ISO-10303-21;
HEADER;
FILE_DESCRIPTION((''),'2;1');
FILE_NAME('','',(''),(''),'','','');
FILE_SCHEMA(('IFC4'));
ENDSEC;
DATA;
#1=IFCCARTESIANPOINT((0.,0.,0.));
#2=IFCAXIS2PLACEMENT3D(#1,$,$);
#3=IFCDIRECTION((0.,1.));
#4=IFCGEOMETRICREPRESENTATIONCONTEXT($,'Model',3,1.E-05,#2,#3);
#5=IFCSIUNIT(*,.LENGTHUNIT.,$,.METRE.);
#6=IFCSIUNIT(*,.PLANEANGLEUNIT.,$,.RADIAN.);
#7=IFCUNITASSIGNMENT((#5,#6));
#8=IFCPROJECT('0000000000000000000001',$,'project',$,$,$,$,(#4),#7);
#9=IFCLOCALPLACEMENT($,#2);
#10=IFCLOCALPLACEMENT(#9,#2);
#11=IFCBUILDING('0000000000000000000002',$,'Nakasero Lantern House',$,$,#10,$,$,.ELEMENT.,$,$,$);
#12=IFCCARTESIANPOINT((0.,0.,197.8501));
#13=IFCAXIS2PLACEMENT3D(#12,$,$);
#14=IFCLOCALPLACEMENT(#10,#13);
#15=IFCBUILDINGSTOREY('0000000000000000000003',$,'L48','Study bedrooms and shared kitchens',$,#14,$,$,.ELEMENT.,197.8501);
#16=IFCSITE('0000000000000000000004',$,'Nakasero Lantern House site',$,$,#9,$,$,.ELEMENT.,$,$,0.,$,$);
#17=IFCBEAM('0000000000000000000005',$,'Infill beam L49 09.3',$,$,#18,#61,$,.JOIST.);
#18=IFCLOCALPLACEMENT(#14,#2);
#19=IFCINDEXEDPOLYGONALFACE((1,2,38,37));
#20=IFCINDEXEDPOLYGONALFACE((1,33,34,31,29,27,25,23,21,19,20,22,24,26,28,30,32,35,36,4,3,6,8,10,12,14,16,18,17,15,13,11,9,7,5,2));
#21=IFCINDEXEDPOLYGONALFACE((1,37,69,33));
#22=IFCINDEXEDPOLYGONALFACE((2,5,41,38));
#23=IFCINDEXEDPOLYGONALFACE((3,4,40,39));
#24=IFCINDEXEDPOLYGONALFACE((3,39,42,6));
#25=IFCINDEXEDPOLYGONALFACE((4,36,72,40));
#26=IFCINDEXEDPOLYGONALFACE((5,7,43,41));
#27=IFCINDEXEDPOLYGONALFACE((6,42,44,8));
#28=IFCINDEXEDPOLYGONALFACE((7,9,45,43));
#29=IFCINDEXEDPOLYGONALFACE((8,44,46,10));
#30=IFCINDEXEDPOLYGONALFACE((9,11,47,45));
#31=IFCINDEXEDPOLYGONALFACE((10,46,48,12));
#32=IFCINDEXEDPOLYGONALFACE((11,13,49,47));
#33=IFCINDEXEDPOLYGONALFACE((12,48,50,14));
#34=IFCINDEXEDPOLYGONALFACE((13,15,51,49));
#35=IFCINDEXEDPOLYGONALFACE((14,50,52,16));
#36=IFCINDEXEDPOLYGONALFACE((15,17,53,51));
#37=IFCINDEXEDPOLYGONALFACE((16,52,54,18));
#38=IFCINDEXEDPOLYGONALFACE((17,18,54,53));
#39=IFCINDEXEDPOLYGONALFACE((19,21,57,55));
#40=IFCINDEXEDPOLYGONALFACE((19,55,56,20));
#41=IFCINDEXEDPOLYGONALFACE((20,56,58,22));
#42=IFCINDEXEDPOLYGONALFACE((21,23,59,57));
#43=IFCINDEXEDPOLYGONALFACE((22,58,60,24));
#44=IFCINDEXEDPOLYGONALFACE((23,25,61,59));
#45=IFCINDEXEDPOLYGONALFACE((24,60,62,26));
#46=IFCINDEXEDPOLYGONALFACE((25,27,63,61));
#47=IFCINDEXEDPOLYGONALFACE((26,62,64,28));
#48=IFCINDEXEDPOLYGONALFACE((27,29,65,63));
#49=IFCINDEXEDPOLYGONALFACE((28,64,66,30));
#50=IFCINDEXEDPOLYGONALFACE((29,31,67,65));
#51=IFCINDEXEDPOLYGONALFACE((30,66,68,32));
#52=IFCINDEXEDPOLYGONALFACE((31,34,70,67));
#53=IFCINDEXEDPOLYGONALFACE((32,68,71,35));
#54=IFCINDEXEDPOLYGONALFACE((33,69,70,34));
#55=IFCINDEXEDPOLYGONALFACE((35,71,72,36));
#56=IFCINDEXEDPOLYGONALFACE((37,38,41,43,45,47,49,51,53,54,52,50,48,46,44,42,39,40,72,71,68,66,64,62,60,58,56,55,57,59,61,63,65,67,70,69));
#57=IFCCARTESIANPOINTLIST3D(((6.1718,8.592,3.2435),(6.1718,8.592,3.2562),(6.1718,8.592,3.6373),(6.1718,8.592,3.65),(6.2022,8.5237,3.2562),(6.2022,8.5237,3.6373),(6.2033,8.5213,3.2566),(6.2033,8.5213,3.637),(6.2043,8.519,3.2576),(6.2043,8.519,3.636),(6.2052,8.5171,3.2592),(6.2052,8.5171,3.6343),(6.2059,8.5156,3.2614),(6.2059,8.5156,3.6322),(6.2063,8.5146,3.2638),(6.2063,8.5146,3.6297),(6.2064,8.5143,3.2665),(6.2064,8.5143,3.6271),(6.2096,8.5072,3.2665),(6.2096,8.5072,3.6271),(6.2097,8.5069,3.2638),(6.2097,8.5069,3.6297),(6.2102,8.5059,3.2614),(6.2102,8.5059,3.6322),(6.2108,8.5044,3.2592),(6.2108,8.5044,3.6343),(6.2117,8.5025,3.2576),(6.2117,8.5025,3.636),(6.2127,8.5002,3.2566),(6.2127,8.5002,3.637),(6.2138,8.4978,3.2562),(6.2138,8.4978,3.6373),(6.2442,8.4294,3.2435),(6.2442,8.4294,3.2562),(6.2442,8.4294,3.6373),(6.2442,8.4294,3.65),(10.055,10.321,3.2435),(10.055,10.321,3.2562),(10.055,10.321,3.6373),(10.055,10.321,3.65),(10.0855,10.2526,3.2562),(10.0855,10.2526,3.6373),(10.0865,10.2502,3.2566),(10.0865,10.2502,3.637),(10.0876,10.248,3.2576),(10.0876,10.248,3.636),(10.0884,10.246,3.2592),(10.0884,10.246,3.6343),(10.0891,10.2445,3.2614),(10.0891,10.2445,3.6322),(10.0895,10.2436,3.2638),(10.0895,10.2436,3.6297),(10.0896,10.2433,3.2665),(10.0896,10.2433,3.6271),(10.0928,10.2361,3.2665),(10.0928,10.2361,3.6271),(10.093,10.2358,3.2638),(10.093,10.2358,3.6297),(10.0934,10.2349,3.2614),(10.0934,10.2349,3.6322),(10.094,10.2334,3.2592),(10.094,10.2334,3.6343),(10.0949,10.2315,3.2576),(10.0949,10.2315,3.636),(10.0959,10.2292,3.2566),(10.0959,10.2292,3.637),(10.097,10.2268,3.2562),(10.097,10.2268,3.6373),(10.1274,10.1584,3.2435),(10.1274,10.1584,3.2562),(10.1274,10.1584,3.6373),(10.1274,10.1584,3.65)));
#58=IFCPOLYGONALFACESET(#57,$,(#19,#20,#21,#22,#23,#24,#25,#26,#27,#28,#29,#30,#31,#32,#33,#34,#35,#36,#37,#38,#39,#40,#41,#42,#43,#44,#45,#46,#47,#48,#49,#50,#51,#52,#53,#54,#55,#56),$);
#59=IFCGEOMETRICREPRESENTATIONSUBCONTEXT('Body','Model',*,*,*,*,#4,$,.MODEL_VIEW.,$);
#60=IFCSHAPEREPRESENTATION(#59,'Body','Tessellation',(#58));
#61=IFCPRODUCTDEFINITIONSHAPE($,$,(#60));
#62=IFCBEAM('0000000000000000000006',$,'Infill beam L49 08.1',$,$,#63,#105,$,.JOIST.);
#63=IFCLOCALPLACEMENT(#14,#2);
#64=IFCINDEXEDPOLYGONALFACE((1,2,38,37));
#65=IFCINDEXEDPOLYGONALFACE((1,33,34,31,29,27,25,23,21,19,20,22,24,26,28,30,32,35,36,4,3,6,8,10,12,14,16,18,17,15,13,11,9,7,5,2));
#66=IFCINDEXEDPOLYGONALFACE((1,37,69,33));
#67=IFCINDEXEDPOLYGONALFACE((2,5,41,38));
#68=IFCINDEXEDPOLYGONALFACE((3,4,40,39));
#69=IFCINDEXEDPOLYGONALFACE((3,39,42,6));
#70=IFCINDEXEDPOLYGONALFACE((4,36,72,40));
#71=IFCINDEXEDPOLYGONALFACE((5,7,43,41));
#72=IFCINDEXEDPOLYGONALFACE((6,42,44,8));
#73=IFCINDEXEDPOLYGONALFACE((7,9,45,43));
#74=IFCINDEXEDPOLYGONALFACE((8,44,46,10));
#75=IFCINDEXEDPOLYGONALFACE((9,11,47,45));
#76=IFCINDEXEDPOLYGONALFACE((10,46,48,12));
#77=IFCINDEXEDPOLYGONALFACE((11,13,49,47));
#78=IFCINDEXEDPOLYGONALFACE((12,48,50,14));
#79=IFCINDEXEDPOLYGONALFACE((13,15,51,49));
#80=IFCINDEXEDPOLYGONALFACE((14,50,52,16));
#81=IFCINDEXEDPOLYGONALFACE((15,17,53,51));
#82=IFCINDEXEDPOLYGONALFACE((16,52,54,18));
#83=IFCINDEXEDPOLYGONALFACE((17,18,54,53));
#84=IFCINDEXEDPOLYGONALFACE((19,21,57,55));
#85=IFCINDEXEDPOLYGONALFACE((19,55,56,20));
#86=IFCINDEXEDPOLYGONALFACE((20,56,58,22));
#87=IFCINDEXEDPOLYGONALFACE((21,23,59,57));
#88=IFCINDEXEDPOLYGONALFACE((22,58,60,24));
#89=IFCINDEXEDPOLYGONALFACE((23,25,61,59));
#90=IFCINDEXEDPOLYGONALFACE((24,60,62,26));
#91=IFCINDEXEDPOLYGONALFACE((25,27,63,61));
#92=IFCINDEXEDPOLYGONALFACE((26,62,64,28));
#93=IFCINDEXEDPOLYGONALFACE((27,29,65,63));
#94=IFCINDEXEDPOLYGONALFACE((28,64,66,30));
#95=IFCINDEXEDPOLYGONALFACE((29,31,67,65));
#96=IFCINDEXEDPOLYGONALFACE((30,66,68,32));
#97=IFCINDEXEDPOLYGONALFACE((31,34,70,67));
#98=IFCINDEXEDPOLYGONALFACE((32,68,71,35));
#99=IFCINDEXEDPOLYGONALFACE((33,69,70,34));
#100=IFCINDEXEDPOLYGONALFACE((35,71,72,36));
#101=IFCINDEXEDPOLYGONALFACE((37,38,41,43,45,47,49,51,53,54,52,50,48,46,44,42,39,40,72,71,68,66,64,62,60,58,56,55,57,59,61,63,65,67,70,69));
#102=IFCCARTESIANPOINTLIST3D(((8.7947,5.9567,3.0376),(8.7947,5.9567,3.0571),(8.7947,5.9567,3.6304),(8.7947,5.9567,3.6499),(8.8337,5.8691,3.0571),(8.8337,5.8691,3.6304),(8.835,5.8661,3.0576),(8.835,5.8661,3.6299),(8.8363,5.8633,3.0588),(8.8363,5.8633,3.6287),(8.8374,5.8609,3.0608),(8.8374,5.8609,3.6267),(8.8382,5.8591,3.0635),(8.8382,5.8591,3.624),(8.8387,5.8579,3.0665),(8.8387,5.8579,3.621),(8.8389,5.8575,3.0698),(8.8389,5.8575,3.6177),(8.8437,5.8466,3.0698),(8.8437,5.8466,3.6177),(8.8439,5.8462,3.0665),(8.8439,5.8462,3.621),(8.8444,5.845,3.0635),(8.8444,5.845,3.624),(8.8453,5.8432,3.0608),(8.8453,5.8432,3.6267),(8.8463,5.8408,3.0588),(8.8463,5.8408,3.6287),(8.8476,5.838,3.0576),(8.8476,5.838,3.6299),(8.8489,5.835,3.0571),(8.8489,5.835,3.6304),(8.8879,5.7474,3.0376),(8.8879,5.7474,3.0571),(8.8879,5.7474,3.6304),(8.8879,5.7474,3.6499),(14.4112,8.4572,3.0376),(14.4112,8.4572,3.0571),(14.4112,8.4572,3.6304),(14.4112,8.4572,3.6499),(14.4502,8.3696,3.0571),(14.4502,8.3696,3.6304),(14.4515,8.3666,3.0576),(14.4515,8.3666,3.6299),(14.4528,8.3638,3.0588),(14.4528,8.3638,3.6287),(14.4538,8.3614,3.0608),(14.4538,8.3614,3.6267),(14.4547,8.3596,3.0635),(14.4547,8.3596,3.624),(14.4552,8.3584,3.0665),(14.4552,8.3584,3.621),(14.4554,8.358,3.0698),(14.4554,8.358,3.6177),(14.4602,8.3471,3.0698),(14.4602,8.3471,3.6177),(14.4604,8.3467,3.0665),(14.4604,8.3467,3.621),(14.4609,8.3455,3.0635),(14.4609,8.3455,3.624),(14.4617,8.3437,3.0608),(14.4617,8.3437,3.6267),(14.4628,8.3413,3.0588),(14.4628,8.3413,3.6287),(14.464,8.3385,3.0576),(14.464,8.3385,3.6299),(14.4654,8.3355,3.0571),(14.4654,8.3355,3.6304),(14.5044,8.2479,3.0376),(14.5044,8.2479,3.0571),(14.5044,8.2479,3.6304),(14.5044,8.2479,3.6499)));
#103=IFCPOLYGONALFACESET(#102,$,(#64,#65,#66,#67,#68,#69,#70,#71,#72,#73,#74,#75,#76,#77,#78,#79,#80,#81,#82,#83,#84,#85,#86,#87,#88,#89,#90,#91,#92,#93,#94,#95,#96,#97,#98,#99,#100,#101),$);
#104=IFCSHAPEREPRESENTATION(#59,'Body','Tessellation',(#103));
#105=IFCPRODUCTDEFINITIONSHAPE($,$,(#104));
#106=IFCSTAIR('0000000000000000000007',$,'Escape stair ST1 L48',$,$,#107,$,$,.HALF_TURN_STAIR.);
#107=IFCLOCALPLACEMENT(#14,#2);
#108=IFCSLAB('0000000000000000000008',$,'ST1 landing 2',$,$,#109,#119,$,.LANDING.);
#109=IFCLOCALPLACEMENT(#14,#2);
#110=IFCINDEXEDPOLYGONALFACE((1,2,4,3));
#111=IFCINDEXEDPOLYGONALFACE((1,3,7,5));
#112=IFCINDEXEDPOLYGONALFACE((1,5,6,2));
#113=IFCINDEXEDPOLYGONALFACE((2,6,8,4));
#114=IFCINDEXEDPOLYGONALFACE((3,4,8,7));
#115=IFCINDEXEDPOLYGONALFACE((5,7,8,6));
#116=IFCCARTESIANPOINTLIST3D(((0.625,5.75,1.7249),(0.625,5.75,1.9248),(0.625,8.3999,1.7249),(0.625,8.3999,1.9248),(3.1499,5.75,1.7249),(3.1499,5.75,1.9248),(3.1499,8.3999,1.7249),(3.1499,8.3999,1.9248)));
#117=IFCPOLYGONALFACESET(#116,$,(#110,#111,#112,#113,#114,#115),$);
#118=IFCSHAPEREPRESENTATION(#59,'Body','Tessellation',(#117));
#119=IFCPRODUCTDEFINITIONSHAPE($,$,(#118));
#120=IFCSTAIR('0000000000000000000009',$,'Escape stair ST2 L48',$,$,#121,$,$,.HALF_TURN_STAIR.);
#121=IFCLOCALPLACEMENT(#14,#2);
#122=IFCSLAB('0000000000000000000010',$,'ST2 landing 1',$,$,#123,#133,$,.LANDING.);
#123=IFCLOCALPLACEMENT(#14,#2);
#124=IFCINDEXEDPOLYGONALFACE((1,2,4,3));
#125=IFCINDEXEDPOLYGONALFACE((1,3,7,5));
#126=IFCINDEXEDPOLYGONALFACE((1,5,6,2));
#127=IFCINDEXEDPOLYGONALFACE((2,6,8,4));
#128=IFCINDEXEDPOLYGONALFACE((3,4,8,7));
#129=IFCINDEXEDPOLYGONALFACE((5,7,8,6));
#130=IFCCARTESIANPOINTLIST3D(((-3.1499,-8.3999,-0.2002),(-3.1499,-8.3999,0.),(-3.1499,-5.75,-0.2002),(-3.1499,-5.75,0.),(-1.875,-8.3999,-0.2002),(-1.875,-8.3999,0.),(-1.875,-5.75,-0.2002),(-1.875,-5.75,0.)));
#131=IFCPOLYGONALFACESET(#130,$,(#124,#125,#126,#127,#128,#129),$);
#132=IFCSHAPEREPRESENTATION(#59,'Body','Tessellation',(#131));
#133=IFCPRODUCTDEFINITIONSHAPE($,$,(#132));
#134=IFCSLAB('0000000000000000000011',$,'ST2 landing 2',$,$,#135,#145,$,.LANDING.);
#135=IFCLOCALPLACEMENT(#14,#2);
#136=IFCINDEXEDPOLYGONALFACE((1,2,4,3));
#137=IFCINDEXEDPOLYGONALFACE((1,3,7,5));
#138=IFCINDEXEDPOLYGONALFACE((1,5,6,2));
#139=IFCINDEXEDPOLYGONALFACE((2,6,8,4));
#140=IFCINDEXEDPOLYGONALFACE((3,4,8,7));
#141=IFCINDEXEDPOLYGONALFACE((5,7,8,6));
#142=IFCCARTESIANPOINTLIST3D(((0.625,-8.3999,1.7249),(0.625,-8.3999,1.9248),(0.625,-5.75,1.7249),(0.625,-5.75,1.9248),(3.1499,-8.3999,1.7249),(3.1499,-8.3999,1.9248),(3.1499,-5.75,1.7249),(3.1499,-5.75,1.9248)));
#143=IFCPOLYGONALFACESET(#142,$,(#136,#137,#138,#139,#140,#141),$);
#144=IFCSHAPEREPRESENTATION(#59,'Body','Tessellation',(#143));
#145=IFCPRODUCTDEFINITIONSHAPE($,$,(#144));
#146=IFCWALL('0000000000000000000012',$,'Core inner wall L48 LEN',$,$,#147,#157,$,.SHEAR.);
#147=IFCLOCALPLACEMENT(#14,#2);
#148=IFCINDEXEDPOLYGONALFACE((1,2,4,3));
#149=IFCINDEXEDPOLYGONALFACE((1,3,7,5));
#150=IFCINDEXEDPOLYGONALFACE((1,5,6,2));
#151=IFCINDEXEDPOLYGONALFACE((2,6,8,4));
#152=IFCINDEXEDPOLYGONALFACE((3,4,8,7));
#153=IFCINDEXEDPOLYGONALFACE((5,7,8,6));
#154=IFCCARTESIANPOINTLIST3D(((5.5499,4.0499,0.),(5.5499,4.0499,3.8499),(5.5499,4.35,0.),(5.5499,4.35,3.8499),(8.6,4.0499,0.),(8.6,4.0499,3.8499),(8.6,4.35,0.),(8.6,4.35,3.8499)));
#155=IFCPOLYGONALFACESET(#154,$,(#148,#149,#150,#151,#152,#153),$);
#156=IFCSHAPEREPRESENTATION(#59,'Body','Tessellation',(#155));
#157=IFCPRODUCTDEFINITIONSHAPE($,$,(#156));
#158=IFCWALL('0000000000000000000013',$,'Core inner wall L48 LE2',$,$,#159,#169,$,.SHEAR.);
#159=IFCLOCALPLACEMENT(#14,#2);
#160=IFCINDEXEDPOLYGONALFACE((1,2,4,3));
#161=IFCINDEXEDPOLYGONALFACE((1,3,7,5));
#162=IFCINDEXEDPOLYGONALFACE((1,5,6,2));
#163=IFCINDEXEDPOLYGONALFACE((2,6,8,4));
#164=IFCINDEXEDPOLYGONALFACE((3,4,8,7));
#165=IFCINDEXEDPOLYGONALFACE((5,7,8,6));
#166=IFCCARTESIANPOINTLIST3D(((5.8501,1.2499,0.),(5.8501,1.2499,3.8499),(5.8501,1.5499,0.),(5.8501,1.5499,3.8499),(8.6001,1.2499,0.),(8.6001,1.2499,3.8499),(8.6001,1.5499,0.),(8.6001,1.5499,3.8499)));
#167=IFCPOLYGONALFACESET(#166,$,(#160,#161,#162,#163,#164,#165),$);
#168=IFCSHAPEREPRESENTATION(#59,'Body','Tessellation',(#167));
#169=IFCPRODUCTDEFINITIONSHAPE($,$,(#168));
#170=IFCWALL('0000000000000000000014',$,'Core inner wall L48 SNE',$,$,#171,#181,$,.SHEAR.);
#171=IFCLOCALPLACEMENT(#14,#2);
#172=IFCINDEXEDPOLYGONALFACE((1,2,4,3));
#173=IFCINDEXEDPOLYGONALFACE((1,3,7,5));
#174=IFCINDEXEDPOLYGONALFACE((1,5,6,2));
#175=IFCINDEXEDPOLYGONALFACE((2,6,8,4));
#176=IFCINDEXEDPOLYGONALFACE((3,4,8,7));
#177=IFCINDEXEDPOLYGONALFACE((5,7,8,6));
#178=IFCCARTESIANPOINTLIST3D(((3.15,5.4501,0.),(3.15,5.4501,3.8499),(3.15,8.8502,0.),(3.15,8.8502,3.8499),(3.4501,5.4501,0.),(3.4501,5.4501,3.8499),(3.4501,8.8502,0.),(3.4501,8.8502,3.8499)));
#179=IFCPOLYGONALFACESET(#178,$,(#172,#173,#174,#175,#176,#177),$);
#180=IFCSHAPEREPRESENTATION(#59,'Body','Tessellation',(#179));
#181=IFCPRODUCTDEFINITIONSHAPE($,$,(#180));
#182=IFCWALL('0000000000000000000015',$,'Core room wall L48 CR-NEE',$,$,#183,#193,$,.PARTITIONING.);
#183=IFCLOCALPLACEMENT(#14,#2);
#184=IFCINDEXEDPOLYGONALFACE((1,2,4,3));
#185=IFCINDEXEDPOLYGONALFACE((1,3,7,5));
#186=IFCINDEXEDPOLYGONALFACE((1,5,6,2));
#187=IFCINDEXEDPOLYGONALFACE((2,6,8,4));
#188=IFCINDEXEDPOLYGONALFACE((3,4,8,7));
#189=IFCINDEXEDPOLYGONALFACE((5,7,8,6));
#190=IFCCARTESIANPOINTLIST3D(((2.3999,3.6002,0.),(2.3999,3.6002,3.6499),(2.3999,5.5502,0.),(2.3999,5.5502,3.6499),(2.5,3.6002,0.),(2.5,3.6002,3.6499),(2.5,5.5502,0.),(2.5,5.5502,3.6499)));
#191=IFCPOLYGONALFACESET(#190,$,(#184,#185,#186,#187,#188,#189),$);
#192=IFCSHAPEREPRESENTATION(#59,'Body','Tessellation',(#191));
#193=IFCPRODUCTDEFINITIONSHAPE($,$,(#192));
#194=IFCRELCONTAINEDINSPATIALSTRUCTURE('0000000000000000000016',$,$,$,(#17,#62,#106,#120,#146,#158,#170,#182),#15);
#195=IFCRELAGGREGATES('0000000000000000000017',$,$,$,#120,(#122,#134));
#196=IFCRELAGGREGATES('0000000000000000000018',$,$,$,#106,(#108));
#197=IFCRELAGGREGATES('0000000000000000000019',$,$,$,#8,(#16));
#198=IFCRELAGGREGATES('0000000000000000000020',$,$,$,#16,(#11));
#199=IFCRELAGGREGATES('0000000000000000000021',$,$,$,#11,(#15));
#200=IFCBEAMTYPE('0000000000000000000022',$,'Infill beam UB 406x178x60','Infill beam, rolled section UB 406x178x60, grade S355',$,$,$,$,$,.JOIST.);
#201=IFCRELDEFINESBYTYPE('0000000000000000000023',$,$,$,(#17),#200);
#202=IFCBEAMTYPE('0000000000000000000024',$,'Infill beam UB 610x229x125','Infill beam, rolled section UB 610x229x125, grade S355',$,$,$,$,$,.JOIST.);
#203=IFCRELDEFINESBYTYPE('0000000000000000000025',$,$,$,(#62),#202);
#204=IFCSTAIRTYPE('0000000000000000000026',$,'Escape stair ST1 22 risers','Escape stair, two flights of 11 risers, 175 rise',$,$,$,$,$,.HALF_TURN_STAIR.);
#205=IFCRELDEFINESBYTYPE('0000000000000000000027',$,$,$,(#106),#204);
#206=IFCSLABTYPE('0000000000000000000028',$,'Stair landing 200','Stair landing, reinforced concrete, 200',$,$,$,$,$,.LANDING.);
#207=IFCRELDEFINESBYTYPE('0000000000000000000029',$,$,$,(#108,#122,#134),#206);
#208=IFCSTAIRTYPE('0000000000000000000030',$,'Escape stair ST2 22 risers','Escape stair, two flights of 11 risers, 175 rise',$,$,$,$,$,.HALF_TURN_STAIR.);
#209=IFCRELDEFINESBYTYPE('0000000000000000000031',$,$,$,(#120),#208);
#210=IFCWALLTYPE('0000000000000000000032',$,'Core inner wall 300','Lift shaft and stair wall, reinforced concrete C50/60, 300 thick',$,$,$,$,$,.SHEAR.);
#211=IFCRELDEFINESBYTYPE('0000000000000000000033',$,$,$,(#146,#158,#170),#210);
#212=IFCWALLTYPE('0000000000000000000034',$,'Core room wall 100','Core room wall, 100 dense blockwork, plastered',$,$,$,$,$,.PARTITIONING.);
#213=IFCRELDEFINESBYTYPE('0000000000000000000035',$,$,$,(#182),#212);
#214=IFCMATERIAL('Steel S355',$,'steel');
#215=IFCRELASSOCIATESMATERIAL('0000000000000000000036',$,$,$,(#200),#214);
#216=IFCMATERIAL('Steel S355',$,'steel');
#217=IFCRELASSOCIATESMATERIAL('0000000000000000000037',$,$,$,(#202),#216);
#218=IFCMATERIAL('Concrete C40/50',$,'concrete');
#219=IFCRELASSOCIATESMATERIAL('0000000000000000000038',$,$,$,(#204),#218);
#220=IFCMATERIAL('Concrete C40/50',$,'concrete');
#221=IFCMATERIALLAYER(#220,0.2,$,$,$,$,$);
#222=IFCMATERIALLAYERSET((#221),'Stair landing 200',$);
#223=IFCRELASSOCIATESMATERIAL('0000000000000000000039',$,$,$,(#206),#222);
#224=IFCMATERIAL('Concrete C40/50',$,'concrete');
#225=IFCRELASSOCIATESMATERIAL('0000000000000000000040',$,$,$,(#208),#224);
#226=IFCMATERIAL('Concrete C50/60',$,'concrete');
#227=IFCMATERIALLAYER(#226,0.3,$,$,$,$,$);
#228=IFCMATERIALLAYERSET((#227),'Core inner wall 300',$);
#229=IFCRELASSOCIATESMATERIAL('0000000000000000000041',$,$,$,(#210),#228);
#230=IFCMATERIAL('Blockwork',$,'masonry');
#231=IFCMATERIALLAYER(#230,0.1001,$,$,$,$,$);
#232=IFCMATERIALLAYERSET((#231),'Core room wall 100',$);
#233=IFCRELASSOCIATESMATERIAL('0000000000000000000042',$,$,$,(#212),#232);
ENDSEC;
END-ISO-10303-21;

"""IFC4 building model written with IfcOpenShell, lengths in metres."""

from ifc_helpers import new_model, si_unit, direction, frame, frame_2d, origin, origin_2d, place, context, subcontext, project, spatial, polyline, rectangle, i_section, outline, extrude, material, layer, layer_set, material_profile, profile_set, type_object, element, aggregate, save


model = new_model("IFC4")

# Units and contexts
model_context = context("Model", 3, precision=1e-05, world=origin(), true_north=direction((0.0, 1.0)))
body_context = subcontext(model_context, "Body", "Model", "MODEL_VIEW")
ifc_project = project(units=[si_unit("LENGTHUNIT", "METRE"), si_unit("PLANEANGLEUNIT", "RADIAN")], contexts=[model_context])

# Site, building, storey
site_placement = place(None, origin())
site = spatial("IfcSite", under=ifc_project, at=site_placement, Name="Nakasero Lantern House site", CompositionType="ELEMENT", RefElevation=0.0)
building_placement = place(site_placement, origin())
building = spatial("IfcBuilding", under=site, at=building_placement, Name="Nakasero Lantern House", CompositionType="ELEMENT")
storey_placement = place(building_placement, frame((0.0, 0.0, 197.8501)))
storey = spatial("IfcBuildingStorey", under=building, at=storey_placement, Name="L48", Description="Study bedrooms and shared kitchens", CompositionType="ELEMENT", Elevation=197.8501)

# Beams
ifc_material_1 = material(Name="Steel S355", Category="steel")
ifc_material_profile_1 = material_profile(ifc_material_1, i_section(OverallWidth=0.178, OverallDepth=0.4065, WebThickness=0.0078, FlangeThickness=0.0127, FilletRadius=0.0103, at=origin_2d()), Name="UB 406x178x60")
ifc_profile_set_1 = profile_set([ifc_material_profile_1], Name="Steel S355")
beam_type_1 = type_object("IfcBeamType", Name="Infill beam UB 406x178x60", Description="Infill beam, rolled section UB 406x178x60, grade S355", PredefinedType="JOIST", material=ifc_profile_set_1)
beam_1_placement = place(storey_placement, frame((6.208, 8.5107, 3.4468), z_axis=(0.913541, 0.406746, 0.0), x_axis=(-0.406746, 0.913541, 0.0)))
element("IfcBeam", 1, at=beam_1_placement, inside=storey, type_object=beam_type_1, Name="Infill beam L49 09.3", PredefinedType="JOIST", context=body_context, shape_type="SweptSolid", body=[
    extrude(i_section(OverallWidth=0.178, OverallDepth=0.4065, WebThickness=0.0078, FlangeThickness=0.0127, FilletRadius=0.0103, at=origin_2d()), origin(), (0.0, 0.0, 1.0), 4.2507),
])
ifc_material_2 = material(Name="Steel S355", Category="steel")
ifc_material_profile_2 = material_profile(ifc_material_2, i_section(OverallWidth=0.229, OverallDepth=0.6123, WebThickness=0.012, FlangeThickness=0.0195, FilletRadius=0.0127, at=origin_2d()), Name="UB 610x229x125")
ifc_profile_set_2 = profile_set([ifc_material_profile_2], Name="Steel S355")
beam_type_2 = type_object("IfcBeamType", Name="Infill beam UB 610x229x125", Description="Infill beam, rolled section UB 610x229x125, grade S355", PredefinedType="JOIST", material=ifc_profile_set_2)
beam_2_placement = place(storey_placement, frame((8.8413, 5.8521, 3.3438), z_axis=(0.913553, 0.406721, 0.0), x_axis=(-0.406721, 0.913553, 0.0)))
element("IfcBeam", 2, at=beam_2_placement, inside=storey, type_object=beam_type_2, Name="Infill beam L49 08.1", PredefinedType="JOIST", context=body_context, shape_type="SweptSolid", body=[
    extrude(i_section(OverallWidth=0.229, OverallDepth=0.6123, WebThickness=0.012, FlangeThickness=0.0195, FilletRadius=0.0127, at=origin_2d()), origin(), (0.0, 0.0, 1.0), 6.1479),
])

# Stair, slab
ifc_material_3 = material(Name="Concrete C40/50", Category="concrete")
stair_type_1 = type_object("IfcStairType", Name="Escape stair ST1 22 risers", Description="Escape stair, two flights of 11 risers, 175 rise", PredefinedType="HALF_TURN_STAIR", material=ifc_material_3)
stair_1_placement = place(storey_placement, origin())
stair_1 = element("IfcStair", 3, at=stair_1_placement, inside=storey, type_object=stair_type_1, Name="Escape stair ST1 L48", PredefinedType="HALF_TURN_STAIR")
ifc_material_4 = material(Name="Concrete C40/50", Category="concrete")
ifc_layer_1 = layer(ifc_material_4, 0.2)
ifc_layer_set_1 = layer_set([ifc_layer_1], Name="Stair landing 200")
slab_type = type_object("IfcSlabType", Name="Stair landing 200", Description="Stair landing, reinforced concrete, 200", PredefinedType="LANDING", material=ifc_layer_set_1)
slab_1_placement = place(storey_placement, frame((0.0, 0.0, 1.7249)))
slab_1 = element("IfcSlab", 4, at=slab_1_placement, type_object=slab_type, Name="ST1 landing 2", PredefinedType="LANDING", context=body_context, shape_type="SweptSolid", body=[
    extrude(outline(polyline([(0.625, 5.75), (3.1499, 5.75), (3.1499, 8.3999), (0.625, 8.3999), (0.625, 5.75)])), origin(), (0.0, 0.0, 1.0), 0.2),
])

# Stair, slabs
ifc_material_5 = material(Name="Concrete C40/50", Category="concrete")
stair_type_2 = type_object("IfcStairType", Name="Escape stair ST2 22 risers", Description="Escape stair, two flights of 11 risers, 175 rise", PredefinedType="HALF_TURN_STAIR", material=ifc_material_5)
stair_2_placement = place(storey_placement, origin())
stair_2 = element("IfcStair", 5, at=stair_2_placement, inside=storey, type_object=stair_type_2, Name="Escape stair ST2 L48", PredefinedType="HALF_TURN_STAIR")
slab_2_placement = place(storey_placement, frame((0.0, 0.0, -0.2002)))
slab_2 = element("IfcSlab", 6, at=slab_2_placement, type_object=slab_type, Name="ST2 landing 1", PredefinedType="LANDING", context=body_context, shape_type="SweptSolid", body=[
    extrude(outline(polyline([(-3.1499, -8.3999), (-1.875, -8.3999), (-1.875, -5.75), (-3.1499, -5.75), (-3.1499, -8.3999)])), origin(), (0.0, 0.0, 1.0), 0.2002),
])
slab_3_placement = place(storey_placement, frame((0.0, 0.0, 1.7249)))
slab_3 = element("IfcSlab", 7, at=slab_3_placement, type_object=slab_type, Name="ST2 landing 2", PredefinedType="LANDING", context=body_context, shape_type="SweptSolid", body=[
    extrude(outline(polyline([(0.625, -8.3999), (3.1499, -8.3999), (3.1499, -5.75), (0.625, -5.75), (0.625, -8.3999)])), origin(), (0.0, 0.0, 1.0), 0.2),
])
aggregate(stair_2, [slab_2, slab_3])

# Walls
ifc_material_6 = material(Name="Concrete C50/60", Category="concrete")
ifc_layer_2 = layer(ifc_material_6, 0.3)
ifc_layer_set_2 = layer_set([ifc_layer_2], Name="Core inner wall 300")
wall_type_1 = type_object("IfcWallType", Name="Core inner wall 300", Description="Lift shaft and stair wall, reinforced concrete C50/60, 300 thick", PredefinedType="SHEAR", material=ifc_layer_set_2)
wall_1_placement = place(storey_placement, frame((5.55, 4.2, 0.0), z_axis=(0.0, 0.0, 1.0), x_axis=(1.0, 0.0, 0.0)))
element("IfcWall", 8, at=wall_1_placement, inside=storey, type_object=wall_type_1, Name="Core inner wall L48 LEN", PredefinedType="SHEAR", context=body_context, shape_type="SweptSolid", body=[
    extrude(rectangle(XDim=3.05, YDim=0.3, at=frame_2d((1.5249, 0.0))), origin(), (0.0, 0.0, 1.0), 3.8499),
])
wall_2_placement = place(storey_placement, frame((5.8501, 1.3999, 0.0), z_axis=(0.0, 0.0, 1.0), x_axis=(1.0, 0.0, 0.0)))
element("IfcWall", 9, at=wall_2_placement, inside=storey, type_object=wall_type_1, Name="Core inner wall L48 LE2", PredefinedType="SHEAR", context=body_context, shape_type="SweptSolid", body=[
    extrude(rectangle(XDim=2.75, YDim=0.3, at=frame_2d((1.375, 0.0))), origin(), (0.0, 0.0, 1.0), 3.8499),
])
wall_3_placement = place(storey_placement, frame((3.3, 5.45, 0.0), z_axis=(0.0, 0.0, 1.0), x_axis=(0.0, 1.0, 0.0)))
element("IfcWall", 10, at=wall_3_placement, inside=storey, type_object=wall_type_1, Name="Core inner wall L48 SNE", PredefinedType="SHEAR", context=body_context, shape_type="SweptSolid", body=[
    extrude(rectangle(XDim=3.4001, YDim=0.3, at=frame_2d((1.7002, 0.0))), origin(), (0.0, 0.0, 1.0), 3.8499),
])
ifc_material_7 = material(Name="Blockwork", Category="masonry")
ifc_layer_3 = layer(ifc_material_7, 0.1001)
ifc_layer_set_3 = layer_set([ifc_layer_3], Name="Core room wall 100")
wall_type_2 = type_object("IfcWallType", Name="Core room wall 100", Description="Core room wall, 100 dense blockwork, plastered", PredefinedType="PARTITIONING", material=ifc_layer_set_3)
wall_4_placement = place(storey_placement, frame((2.45, 3.6001, 0.0), z_axis=(0.0, 0.0, 1.0), x_axis=(0.0, 1.0, 0.0)))
element("IfcWall", 11, at=wall_4_placement, inside=storey, type_object=wall_type_2, Name="Core room wall L48 CR-NEE", PredefinedType="PARTITIONING", context=body_context, shape_type="SweptSolid", body=[
    extrude(rectangle(XDim=1.95, YDim=0.1001, at=frame_2d((0.9751, 0.0))), origin(), (0.0, 0.0, 1.0), 3.6499),
])

aggregate(stair_1, [slab_1])

save(model, "model.ifc")
